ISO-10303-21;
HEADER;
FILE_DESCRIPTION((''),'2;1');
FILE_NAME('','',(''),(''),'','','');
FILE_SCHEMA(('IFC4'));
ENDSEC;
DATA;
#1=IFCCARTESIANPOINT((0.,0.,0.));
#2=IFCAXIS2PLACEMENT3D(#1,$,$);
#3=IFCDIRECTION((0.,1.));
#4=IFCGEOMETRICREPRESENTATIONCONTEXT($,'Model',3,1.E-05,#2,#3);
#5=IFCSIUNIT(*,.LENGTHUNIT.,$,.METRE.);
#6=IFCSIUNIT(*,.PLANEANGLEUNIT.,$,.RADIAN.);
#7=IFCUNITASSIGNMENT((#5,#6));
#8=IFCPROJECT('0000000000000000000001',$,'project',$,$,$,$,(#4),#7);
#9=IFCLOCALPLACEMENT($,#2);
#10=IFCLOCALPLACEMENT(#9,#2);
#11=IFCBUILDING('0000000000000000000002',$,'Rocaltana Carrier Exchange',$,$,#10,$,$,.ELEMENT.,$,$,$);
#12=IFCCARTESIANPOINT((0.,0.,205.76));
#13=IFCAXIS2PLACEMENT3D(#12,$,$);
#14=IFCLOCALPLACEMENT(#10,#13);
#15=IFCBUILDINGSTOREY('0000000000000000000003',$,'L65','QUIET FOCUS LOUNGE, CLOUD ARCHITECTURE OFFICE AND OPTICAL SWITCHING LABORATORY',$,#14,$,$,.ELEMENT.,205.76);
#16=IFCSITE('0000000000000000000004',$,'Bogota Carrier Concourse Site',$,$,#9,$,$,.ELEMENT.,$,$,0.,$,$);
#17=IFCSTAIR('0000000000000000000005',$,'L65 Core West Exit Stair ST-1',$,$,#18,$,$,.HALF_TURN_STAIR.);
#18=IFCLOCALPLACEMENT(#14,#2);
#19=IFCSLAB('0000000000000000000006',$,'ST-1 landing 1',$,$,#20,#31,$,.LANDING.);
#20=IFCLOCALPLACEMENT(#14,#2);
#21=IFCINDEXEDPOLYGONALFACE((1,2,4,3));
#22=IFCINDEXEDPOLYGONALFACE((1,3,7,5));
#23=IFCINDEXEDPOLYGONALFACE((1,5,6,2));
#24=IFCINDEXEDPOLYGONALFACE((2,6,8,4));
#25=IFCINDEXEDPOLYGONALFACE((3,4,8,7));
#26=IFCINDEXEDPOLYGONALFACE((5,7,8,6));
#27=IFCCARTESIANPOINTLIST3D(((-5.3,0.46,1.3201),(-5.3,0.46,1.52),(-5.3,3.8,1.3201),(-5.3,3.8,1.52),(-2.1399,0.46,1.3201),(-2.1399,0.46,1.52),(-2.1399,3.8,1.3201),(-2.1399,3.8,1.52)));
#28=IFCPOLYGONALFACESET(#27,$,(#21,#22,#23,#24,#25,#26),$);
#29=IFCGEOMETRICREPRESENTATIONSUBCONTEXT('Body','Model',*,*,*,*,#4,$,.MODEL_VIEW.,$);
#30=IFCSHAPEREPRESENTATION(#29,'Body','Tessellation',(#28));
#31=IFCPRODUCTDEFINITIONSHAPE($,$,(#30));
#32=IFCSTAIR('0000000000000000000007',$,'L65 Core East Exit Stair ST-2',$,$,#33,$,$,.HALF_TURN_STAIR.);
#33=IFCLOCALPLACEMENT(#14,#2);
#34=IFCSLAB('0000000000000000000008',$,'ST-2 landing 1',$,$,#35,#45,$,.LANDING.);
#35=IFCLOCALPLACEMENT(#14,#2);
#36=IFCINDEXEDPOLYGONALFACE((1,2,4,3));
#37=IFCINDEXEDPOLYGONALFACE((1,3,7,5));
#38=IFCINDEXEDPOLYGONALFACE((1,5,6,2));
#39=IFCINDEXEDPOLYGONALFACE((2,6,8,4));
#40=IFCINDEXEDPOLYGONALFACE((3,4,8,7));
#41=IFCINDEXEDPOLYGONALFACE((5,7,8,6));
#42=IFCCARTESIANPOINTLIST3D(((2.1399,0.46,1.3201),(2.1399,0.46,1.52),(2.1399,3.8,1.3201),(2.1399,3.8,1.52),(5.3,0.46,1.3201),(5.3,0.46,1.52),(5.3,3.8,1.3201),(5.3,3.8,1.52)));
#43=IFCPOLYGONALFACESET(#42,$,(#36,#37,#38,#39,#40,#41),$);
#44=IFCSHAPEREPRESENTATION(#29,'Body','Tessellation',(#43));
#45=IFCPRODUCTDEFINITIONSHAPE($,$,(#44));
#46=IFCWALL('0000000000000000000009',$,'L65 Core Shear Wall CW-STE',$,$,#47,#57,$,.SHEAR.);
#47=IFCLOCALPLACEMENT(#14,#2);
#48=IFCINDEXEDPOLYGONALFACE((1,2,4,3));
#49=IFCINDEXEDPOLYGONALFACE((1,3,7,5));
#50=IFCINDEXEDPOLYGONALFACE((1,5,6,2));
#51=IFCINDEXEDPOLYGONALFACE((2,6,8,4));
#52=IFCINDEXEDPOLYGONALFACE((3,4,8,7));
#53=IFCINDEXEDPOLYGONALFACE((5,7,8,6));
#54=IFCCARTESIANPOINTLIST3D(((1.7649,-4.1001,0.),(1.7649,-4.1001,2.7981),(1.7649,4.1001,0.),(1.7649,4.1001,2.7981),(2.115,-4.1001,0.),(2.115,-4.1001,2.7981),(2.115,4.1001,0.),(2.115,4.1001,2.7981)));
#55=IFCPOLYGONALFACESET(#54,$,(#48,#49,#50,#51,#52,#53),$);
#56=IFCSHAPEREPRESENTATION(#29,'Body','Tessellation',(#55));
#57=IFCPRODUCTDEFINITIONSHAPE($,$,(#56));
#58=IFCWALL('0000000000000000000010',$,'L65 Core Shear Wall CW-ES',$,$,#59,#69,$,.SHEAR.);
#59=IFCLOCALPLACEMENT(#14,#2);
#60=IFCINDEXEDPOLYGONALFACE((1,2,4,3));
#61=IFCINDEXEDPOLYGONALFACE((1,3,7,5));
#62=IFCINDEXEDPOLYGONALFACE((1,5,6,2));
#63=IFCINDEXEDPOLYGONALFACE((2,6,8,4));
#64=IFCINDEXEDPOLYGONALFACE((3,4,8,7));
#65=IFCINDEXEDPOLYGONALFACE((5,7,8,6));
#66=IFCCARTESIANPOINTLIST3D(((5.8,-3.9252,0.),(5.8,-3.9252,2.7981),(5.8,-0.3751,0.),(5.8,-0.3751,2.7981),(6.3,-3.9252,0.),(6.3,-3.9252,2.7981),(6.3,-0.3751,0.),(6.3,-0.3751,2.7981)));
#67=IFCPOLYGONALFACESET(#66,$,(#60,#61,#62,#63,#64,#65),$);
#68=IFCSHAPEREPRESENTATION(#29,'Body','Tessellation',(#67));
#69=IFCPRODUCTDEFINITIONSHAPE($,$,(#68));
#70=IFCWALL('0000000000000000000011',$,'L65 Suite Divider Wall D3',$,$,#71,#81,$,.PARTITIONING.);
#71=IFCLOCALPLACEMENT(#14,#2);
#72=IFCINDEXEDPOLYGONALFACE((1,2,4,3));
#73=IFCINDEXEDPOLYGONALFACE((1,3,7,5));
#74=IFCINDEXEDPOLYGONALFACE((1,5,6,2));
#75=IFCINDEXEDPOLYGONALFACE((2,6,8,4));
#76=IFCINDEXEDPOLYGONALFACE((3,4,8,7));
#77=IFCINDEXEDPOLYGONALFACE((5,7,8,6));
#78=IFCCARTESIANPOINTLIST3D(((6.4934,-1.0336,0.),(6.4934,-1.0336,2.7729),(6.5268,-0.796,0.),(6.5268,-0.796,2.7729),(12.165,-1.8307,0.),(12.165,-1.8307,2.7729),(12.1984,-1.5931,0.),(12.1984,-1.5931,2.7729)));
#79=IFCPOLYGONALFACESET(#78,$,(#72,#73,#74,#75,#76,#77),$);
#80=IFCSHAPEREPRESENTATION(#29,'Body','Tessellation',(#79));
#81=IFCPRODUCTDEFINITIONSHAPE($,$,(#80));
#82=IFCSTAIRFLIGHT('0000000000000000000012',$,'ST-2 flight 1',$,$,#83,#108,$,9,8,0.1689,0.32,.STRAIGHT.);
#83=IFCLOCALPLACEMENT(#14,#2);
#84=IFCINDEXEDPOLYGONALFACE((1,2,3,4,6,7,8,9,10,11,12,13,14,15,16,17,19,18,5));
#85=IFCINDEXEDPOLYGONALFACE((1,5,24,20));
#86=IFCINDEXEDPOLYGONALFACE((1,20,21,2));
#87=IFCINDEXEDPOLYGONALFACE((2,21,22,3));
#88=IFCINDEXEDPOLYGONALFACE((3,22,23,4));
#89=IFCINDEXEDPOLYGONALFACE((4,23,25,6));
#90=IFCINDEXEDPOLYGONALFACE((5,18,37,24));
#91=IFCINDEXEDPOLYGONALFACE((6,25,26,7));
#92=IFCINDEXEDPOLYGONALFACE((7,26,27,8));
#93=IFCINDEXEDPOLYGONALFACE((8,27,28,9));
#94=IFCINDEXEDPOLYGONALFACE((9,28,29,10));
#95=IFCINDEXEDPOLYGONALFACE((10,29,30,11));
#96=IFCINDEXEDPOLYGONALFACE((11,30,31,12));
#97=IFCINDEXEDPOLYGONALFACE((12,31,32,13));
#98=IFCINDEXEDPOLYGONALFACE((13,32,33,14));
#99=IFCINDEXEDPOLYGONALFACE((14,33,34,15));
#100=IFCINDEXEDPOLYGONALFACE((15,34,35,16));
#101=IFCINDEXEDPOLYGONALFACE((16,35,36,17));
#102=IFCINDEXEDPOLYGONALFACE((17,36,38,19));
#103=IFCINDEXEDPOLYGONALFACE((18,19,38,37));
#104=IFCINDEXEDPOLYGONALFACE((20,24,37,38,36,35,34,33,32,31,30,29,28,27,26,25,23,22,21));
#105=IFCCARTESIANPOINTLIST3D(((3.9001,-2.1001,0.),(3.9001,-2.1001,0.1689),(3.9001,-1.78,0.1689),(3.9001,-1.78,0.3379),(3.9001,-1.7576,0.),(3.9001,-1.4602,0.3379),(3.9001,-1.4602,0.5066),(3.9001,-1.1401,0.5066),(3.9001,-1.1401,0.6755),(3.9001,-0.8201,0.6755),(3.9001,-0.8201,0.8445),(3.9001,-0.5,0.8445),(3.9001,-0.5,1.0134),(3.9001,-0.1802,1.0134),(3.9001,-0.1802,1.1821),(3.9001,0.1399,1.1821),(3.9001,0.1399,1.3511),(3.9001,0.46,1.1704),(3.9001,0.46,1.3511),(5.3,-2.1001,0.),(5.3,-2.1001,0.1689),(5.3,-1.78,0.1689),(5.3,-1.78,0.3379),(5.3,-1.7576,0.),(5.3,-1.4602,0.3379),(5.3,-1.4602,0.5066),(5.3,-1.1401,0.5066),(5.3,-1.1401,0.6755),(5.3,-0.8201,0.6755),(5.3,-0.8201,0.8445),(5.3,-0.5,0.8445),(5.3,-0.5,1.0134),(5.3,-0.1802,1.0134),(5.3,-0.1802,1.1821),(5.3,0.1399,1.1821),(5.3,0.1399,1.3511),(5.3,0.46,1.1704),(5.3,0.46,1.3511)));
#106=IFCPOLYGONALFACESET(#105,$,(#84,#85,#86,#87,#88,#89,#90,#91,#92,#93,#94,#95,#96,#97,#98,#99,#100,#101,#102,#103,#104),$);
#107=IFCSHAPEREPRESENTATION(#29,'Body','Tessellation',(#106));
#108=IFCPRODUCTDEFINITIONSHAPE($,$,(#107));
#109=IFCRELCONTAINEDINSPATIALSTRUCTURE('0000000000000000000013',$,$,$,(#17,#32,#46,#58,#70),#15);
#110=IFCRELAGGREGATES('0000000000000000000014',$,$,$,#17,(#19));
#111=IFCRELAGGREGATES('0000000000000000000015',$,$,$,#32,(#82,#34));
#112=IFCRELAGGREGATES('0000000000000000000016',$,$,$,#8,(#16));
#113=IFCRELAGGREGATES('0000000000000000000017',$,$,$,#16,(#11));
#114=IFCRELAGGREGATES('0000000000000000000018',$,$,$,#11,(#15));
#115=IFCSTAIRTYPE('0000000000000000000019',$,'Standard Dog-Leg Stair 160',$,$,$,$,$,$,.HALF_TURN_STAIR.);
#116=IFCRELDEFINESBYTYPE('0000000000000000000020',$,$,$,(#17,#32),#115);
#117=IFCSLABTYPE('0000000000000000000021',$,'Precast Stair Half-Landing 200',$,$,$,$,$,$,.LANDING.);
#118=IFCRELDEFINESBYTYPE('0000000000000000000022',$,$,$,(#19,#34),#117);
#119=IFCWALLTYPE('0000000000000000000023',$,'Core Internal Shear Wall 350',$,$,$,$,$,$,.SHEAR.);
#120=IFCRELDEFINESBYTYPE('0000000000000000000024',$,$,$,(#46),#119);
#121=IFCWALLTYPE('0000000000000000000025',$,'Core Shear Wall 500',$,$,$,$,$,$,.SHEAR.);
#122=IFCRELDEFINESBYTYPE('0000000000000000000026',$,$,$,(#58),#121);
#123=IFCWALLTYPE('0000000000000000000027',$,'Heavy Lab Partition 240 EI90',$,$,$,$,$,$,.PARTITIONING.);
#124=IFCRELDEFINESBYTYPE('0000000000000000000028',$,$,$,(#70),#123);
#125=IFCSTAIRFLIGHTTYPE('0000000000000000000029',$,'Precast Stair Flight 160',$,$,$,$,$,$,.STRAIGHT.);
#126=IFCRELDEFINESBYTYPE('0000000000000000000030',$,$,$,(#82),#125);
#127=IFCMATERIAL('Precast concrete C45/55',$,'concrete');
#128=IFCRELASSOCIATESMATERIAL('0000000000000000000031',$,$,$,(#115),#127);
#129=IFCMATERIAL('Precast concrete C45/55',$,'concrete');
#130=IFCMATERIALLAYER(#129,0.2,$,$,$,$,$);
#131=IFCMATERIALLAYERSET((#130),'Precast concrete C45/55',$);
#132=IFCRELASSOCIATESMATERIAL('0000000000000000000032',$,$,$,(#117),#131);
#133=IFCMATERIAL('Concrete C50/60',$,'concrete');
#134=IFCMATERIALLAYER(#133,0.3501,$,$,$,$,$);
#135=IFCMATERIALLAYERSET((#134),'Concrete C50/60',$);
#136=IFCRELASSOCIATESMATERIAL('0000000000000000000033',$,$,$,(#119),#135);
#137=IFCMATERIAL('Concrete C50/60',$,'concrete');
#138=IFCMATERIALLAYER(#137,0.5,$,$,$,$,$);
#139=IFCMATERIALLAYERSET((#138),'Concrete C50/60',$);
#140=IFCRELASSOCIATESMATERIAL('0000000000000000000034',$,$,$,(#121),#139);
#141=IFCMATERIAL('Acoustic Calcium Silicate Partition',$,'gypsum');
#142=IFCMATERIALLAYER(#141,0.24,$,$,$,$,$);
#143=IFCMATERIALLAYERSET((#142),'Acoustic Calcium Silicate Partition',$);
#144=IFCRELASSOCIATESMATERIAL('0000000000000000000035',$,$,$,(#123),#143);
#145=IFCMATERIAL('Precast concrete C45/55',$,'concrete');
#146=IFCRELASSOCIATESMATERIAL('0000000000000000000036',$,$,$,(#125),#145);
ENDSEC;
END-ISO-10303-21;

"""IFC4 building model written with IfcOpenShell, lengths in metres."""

from ifc_helpers import new_model, si_unit, direction, frame, frame_2d, origin, place, context, subcontext, project, spatial, polyline, rectangle, outline, extrude, material, layer, layer_set, type_object, element, aggregate, save


model = new_model("IFC4")

# Units and contexts
model_context = context("Model", 3, precision=1e-05, world=origin(), true_north=direction((0.0, 1.0)))
body_context = subcontext(model_context, "Body", "Model", "MODEL_VIEW")
ifc_project = project(units=[si_unit("LENGTHUNIT", "METRE"), si_unit("PLANEANGLEUNIT", "RADIAN")], contexts=[model_context])

# Site, building, storey
site_placement = place(None, origin())
site = spatial("IfcSite", under=ifc_project, at=site_placement, Name="Bogota Carrier Concourse Site", CompositionType="ELEMENT", RefElevation=0.0)
building_placement = place(site_placement, origin())
building = spatial("IfcBuilding", under=site, at=building_placement, Name="Rocaltana Carrier Exchange", CompositionType="ELEMENT")
storey_placement = place(building_placement, frame((0.0, 0.0, 205.76)))
storey = spatial("IfcBuildingStorey", under=building, at=storey_placement, Name="L65", Description="QUIET FOCUS LOUNGE, CLOUD ARCHITECTURE OFFICE AND OPTICAL SWITCHING LABORATORY", CompositionType="ELEMENT", Elevation=205.76)

# Stairs, slabs
ifc_material_1 = material(Name="Precast concrete C45/55", Category="concrete")
stair_type = type_object("IfcStairType", Name="Standard Dog-Leg Stair 160", PredefinedType="HALF_TURN_STAIR", material=ifc_material_1)
stair_1_placement = place(storey_placement, origin())
stair_1 = element("IfcStair", 1, at=stair_1_placement, inside=storey, type_object=stair_type, Name="L65 Core West Exit Stair ST-1", PredefinedType="HALF_TURN_STAIR")
ifc_material_2 = material(Name="Precast concrete C45/55", Category="concrete")
ifc_layer_1 = layer(ifc_material_2, 0.2)
ifc_layer_set_1 = layer_set([ifc_layer_1], Name="Precast concrete C45/55")
slab_type = type_object("IfcSlabType", Name="Precast Stair Half-Landing 200", PredefinedType="LANDING", material=ifc_layer_set_1)
slab_1_placement = place(storey_placement, frame((0.0, 0.0, 1.3201)))
slab_1 = element("IfcSlab", 2, at=slab_1_placement, type_object=slab_type, Name="ST-1 landing 1", PredefinedType="LANDING", context=body_context, shape_type="SweptSolid", body=[
    extrude(outline(polyline([(-2.1399, 0.46), (-2.1399, 3.8), (-5.3, 3.8), (-5.3, 0.46), (-2.1399, 0.46)])), origin(), (0.0, 0.0, 1.0), 0.2),
])
aggregate(stair_1, [slab_1])
stair_2_placement = place(storey_placement, origin())
stair_2 = element("IfcStair", 3, at=stair_2_placement, inside=storey, type_object=stair_type, Name="L65 Core East Exit Stair ST-2", PredefinedType="HALF_TURN_STAIR")
slab_2_placement = place(storey_placement, frame((0.0, 0.0, 1.3201)))
slab_2 = element("IfcSlab", 4, at=slab_2_placement, type_object=slab_type, Name="ST-2 landing 1", PredefinedType="LANDING", context=body_context, shape_type="SweptSolid", body=[
    extrude(outline(polyline([(5.3, 0.46), (5.3, 3.8), (2.1399, 3.8), (2.1399, 0.46), (5.3, 0.46)])), origin(), (0.0, 0.0, 1.0), 0.2),
])

# Walls
ifc_material_3 = material(Name="Concrete C50/60", Category="concrete")
ifc_layer_2 = layer(ifc_material_3, 0.3501)
ifc_layer_set_2 = layer_set([ifc_layer_2], Name="Concrete C50/60")
wall_type_1 = type_object("IfcWallType", Name="Core Internal Shear Wall 350", PredefinedType="SHEAR", material=ifc_layer_set_2)
wall_1_placement = place(storey_placement, frame((1.9399, -4.1001, 0.0), z_axis=(0.0, 0.0, 1.0), x_axis=(0.0, 1.0, 0.0)))
element("IfcWall", 5, at=wall_1_placement, inside=storey, type_object=wall_type_1, Name="L65 Core Shear Wall CW-STE", PredefinedType="SHEAR", context=body_context, shape_type="SweptSolid", body=[
    extrude(rectangle(XDim=8.2002, YDim=0.3501, at=frame_2d((4.1001, 0.0))), origin(), (0.0, 0.0, 1.0), 2.7981),
])
ifc_material_4 = material(Name="Concrete C50/60", Category="concrete")
ifc_layer_3 = layer(ifc_material_4, 0.5)
ifc_layer_set_3 = layer_set([ifc_layer_3], Name="Concrete C50/60")
wall_type_2 = type_object("IfcWallType", Name="Core Shear Wall 500", PredefinedType="SHEAR", material=ifc_layer_set_3)
wall_2_placement = place(storey_placement, frame((6.05, -3.925, 0.0), z_axis=(0.0, 0.0, 1.0), x_axis=(0.0, 1.0, 0.0)))
element("IfcWall", 6, at=wall_2_placement, inside=storey, type_object=wall_type_2, Name="L65 Core Shear Wall CW-ES", PredefinedType="SHEAR", context=body_context, shape_type="SweptSolid", body=[
    extrude(rectangle(XDim=3.55, YDim=0.5, at=frame_2d((1.7749, 0.0))), origin(), (0.0, 0.0, 1.0), 2.7981),
])
ifc_material_5 = material(Name="Acoustic Calcium Silicate Partition", Category="gypsum")
ifc_layer_4 = layer(ifc_material_5, 0.24)
ifc_layer_set_4 = layer_set([ifc_layer_4], Name="Acoustic Calcium Silicate Partition")
wall_type_3 = type_object("IfcWallType", Name="Heavy Lab Partition 240 EI90", PredefinedType="PARTITIONING", material=ifc_layer_set_4)
wall_3_placement = place(storey_placement, frame((6.51, -0.9148, 0.0), z_axis=(0.0, 0.0, 1.0), x_axis=(0.990268, -0.139177, 0.0)))
element("IfcWall", 7, at=wall_3_placement, inside=storey, type_object=wall_type_3, Name="L65 Suite Divider Wall D3", PredefinedType="PARTITIONING", context=body_context, shape_type="SweptSolid", body=[
    extrude(rectangle(XDim=5.7273, YDim=0.24, at=frame_2d((2.8638, 0.0))), origin(), (0.0, 0.0, 1.0), 2.7729),
])

# Stair flight
ifc_material_6 = material(Name="Precast concrete C45/55", Category="concrete")
stair_flight_type = type_object("IfcStairFlightType", Name="Precast Stair Flight 160", PredefinedType="STRAIGHT", material=ifc_material_6)
stair_flight_placement = place(storey_placement, frame((4.6001, -2.1001, 0.0), z_axis=(0.0, 0.0, 1.0), x_axis=(0.0, 1.0, 0.0)))
stair_flight = element("IfcStairFlight", 8, at=stair_flight_placement, type_object=stair_flight_type, Name="ST-2 flight 1", NumberOfRisers=9, NumberOfTreads=8, PredefinedType="STRAIGHT", RiserHeight=0.1689, TreadLength=0.32, context=body_context, shape_type="SweptSolid", body=[
    extrude(outline(polyline([(0.0, 0.0), (0.0, 0.1689), (0.3201, 0.1689), (0.3201, 0.3379), (0.6399, 0.3379), (0.6399, 0.5066), (0.96, 0.5066), (0.96, 0.6755), (1.28, 0.6755), (1.28, 0.8445), (1.6001, 0.8445), (1.6001, 1.0134), (1.9199, 1.0134), (1.9199, 1.1821), (2.24, 1.1821), (2.24, 1.3511), (2.5601, 1.3511), (2.5601, 1.52), (2.5601, 1.1704), (0.3425, 0.0), (0.0, 0.0)])), frame((0.0, 0.7, 0.0), z_axis=(0.0, -1.0, 0.0), x_axis=(1.0, 0.0, 0.0)), (0.0, 0.0, 1.0), 1.3999),
])
aggregate(stair_2, [stair_flight, slab_2])

save(model, "model.ifc")
